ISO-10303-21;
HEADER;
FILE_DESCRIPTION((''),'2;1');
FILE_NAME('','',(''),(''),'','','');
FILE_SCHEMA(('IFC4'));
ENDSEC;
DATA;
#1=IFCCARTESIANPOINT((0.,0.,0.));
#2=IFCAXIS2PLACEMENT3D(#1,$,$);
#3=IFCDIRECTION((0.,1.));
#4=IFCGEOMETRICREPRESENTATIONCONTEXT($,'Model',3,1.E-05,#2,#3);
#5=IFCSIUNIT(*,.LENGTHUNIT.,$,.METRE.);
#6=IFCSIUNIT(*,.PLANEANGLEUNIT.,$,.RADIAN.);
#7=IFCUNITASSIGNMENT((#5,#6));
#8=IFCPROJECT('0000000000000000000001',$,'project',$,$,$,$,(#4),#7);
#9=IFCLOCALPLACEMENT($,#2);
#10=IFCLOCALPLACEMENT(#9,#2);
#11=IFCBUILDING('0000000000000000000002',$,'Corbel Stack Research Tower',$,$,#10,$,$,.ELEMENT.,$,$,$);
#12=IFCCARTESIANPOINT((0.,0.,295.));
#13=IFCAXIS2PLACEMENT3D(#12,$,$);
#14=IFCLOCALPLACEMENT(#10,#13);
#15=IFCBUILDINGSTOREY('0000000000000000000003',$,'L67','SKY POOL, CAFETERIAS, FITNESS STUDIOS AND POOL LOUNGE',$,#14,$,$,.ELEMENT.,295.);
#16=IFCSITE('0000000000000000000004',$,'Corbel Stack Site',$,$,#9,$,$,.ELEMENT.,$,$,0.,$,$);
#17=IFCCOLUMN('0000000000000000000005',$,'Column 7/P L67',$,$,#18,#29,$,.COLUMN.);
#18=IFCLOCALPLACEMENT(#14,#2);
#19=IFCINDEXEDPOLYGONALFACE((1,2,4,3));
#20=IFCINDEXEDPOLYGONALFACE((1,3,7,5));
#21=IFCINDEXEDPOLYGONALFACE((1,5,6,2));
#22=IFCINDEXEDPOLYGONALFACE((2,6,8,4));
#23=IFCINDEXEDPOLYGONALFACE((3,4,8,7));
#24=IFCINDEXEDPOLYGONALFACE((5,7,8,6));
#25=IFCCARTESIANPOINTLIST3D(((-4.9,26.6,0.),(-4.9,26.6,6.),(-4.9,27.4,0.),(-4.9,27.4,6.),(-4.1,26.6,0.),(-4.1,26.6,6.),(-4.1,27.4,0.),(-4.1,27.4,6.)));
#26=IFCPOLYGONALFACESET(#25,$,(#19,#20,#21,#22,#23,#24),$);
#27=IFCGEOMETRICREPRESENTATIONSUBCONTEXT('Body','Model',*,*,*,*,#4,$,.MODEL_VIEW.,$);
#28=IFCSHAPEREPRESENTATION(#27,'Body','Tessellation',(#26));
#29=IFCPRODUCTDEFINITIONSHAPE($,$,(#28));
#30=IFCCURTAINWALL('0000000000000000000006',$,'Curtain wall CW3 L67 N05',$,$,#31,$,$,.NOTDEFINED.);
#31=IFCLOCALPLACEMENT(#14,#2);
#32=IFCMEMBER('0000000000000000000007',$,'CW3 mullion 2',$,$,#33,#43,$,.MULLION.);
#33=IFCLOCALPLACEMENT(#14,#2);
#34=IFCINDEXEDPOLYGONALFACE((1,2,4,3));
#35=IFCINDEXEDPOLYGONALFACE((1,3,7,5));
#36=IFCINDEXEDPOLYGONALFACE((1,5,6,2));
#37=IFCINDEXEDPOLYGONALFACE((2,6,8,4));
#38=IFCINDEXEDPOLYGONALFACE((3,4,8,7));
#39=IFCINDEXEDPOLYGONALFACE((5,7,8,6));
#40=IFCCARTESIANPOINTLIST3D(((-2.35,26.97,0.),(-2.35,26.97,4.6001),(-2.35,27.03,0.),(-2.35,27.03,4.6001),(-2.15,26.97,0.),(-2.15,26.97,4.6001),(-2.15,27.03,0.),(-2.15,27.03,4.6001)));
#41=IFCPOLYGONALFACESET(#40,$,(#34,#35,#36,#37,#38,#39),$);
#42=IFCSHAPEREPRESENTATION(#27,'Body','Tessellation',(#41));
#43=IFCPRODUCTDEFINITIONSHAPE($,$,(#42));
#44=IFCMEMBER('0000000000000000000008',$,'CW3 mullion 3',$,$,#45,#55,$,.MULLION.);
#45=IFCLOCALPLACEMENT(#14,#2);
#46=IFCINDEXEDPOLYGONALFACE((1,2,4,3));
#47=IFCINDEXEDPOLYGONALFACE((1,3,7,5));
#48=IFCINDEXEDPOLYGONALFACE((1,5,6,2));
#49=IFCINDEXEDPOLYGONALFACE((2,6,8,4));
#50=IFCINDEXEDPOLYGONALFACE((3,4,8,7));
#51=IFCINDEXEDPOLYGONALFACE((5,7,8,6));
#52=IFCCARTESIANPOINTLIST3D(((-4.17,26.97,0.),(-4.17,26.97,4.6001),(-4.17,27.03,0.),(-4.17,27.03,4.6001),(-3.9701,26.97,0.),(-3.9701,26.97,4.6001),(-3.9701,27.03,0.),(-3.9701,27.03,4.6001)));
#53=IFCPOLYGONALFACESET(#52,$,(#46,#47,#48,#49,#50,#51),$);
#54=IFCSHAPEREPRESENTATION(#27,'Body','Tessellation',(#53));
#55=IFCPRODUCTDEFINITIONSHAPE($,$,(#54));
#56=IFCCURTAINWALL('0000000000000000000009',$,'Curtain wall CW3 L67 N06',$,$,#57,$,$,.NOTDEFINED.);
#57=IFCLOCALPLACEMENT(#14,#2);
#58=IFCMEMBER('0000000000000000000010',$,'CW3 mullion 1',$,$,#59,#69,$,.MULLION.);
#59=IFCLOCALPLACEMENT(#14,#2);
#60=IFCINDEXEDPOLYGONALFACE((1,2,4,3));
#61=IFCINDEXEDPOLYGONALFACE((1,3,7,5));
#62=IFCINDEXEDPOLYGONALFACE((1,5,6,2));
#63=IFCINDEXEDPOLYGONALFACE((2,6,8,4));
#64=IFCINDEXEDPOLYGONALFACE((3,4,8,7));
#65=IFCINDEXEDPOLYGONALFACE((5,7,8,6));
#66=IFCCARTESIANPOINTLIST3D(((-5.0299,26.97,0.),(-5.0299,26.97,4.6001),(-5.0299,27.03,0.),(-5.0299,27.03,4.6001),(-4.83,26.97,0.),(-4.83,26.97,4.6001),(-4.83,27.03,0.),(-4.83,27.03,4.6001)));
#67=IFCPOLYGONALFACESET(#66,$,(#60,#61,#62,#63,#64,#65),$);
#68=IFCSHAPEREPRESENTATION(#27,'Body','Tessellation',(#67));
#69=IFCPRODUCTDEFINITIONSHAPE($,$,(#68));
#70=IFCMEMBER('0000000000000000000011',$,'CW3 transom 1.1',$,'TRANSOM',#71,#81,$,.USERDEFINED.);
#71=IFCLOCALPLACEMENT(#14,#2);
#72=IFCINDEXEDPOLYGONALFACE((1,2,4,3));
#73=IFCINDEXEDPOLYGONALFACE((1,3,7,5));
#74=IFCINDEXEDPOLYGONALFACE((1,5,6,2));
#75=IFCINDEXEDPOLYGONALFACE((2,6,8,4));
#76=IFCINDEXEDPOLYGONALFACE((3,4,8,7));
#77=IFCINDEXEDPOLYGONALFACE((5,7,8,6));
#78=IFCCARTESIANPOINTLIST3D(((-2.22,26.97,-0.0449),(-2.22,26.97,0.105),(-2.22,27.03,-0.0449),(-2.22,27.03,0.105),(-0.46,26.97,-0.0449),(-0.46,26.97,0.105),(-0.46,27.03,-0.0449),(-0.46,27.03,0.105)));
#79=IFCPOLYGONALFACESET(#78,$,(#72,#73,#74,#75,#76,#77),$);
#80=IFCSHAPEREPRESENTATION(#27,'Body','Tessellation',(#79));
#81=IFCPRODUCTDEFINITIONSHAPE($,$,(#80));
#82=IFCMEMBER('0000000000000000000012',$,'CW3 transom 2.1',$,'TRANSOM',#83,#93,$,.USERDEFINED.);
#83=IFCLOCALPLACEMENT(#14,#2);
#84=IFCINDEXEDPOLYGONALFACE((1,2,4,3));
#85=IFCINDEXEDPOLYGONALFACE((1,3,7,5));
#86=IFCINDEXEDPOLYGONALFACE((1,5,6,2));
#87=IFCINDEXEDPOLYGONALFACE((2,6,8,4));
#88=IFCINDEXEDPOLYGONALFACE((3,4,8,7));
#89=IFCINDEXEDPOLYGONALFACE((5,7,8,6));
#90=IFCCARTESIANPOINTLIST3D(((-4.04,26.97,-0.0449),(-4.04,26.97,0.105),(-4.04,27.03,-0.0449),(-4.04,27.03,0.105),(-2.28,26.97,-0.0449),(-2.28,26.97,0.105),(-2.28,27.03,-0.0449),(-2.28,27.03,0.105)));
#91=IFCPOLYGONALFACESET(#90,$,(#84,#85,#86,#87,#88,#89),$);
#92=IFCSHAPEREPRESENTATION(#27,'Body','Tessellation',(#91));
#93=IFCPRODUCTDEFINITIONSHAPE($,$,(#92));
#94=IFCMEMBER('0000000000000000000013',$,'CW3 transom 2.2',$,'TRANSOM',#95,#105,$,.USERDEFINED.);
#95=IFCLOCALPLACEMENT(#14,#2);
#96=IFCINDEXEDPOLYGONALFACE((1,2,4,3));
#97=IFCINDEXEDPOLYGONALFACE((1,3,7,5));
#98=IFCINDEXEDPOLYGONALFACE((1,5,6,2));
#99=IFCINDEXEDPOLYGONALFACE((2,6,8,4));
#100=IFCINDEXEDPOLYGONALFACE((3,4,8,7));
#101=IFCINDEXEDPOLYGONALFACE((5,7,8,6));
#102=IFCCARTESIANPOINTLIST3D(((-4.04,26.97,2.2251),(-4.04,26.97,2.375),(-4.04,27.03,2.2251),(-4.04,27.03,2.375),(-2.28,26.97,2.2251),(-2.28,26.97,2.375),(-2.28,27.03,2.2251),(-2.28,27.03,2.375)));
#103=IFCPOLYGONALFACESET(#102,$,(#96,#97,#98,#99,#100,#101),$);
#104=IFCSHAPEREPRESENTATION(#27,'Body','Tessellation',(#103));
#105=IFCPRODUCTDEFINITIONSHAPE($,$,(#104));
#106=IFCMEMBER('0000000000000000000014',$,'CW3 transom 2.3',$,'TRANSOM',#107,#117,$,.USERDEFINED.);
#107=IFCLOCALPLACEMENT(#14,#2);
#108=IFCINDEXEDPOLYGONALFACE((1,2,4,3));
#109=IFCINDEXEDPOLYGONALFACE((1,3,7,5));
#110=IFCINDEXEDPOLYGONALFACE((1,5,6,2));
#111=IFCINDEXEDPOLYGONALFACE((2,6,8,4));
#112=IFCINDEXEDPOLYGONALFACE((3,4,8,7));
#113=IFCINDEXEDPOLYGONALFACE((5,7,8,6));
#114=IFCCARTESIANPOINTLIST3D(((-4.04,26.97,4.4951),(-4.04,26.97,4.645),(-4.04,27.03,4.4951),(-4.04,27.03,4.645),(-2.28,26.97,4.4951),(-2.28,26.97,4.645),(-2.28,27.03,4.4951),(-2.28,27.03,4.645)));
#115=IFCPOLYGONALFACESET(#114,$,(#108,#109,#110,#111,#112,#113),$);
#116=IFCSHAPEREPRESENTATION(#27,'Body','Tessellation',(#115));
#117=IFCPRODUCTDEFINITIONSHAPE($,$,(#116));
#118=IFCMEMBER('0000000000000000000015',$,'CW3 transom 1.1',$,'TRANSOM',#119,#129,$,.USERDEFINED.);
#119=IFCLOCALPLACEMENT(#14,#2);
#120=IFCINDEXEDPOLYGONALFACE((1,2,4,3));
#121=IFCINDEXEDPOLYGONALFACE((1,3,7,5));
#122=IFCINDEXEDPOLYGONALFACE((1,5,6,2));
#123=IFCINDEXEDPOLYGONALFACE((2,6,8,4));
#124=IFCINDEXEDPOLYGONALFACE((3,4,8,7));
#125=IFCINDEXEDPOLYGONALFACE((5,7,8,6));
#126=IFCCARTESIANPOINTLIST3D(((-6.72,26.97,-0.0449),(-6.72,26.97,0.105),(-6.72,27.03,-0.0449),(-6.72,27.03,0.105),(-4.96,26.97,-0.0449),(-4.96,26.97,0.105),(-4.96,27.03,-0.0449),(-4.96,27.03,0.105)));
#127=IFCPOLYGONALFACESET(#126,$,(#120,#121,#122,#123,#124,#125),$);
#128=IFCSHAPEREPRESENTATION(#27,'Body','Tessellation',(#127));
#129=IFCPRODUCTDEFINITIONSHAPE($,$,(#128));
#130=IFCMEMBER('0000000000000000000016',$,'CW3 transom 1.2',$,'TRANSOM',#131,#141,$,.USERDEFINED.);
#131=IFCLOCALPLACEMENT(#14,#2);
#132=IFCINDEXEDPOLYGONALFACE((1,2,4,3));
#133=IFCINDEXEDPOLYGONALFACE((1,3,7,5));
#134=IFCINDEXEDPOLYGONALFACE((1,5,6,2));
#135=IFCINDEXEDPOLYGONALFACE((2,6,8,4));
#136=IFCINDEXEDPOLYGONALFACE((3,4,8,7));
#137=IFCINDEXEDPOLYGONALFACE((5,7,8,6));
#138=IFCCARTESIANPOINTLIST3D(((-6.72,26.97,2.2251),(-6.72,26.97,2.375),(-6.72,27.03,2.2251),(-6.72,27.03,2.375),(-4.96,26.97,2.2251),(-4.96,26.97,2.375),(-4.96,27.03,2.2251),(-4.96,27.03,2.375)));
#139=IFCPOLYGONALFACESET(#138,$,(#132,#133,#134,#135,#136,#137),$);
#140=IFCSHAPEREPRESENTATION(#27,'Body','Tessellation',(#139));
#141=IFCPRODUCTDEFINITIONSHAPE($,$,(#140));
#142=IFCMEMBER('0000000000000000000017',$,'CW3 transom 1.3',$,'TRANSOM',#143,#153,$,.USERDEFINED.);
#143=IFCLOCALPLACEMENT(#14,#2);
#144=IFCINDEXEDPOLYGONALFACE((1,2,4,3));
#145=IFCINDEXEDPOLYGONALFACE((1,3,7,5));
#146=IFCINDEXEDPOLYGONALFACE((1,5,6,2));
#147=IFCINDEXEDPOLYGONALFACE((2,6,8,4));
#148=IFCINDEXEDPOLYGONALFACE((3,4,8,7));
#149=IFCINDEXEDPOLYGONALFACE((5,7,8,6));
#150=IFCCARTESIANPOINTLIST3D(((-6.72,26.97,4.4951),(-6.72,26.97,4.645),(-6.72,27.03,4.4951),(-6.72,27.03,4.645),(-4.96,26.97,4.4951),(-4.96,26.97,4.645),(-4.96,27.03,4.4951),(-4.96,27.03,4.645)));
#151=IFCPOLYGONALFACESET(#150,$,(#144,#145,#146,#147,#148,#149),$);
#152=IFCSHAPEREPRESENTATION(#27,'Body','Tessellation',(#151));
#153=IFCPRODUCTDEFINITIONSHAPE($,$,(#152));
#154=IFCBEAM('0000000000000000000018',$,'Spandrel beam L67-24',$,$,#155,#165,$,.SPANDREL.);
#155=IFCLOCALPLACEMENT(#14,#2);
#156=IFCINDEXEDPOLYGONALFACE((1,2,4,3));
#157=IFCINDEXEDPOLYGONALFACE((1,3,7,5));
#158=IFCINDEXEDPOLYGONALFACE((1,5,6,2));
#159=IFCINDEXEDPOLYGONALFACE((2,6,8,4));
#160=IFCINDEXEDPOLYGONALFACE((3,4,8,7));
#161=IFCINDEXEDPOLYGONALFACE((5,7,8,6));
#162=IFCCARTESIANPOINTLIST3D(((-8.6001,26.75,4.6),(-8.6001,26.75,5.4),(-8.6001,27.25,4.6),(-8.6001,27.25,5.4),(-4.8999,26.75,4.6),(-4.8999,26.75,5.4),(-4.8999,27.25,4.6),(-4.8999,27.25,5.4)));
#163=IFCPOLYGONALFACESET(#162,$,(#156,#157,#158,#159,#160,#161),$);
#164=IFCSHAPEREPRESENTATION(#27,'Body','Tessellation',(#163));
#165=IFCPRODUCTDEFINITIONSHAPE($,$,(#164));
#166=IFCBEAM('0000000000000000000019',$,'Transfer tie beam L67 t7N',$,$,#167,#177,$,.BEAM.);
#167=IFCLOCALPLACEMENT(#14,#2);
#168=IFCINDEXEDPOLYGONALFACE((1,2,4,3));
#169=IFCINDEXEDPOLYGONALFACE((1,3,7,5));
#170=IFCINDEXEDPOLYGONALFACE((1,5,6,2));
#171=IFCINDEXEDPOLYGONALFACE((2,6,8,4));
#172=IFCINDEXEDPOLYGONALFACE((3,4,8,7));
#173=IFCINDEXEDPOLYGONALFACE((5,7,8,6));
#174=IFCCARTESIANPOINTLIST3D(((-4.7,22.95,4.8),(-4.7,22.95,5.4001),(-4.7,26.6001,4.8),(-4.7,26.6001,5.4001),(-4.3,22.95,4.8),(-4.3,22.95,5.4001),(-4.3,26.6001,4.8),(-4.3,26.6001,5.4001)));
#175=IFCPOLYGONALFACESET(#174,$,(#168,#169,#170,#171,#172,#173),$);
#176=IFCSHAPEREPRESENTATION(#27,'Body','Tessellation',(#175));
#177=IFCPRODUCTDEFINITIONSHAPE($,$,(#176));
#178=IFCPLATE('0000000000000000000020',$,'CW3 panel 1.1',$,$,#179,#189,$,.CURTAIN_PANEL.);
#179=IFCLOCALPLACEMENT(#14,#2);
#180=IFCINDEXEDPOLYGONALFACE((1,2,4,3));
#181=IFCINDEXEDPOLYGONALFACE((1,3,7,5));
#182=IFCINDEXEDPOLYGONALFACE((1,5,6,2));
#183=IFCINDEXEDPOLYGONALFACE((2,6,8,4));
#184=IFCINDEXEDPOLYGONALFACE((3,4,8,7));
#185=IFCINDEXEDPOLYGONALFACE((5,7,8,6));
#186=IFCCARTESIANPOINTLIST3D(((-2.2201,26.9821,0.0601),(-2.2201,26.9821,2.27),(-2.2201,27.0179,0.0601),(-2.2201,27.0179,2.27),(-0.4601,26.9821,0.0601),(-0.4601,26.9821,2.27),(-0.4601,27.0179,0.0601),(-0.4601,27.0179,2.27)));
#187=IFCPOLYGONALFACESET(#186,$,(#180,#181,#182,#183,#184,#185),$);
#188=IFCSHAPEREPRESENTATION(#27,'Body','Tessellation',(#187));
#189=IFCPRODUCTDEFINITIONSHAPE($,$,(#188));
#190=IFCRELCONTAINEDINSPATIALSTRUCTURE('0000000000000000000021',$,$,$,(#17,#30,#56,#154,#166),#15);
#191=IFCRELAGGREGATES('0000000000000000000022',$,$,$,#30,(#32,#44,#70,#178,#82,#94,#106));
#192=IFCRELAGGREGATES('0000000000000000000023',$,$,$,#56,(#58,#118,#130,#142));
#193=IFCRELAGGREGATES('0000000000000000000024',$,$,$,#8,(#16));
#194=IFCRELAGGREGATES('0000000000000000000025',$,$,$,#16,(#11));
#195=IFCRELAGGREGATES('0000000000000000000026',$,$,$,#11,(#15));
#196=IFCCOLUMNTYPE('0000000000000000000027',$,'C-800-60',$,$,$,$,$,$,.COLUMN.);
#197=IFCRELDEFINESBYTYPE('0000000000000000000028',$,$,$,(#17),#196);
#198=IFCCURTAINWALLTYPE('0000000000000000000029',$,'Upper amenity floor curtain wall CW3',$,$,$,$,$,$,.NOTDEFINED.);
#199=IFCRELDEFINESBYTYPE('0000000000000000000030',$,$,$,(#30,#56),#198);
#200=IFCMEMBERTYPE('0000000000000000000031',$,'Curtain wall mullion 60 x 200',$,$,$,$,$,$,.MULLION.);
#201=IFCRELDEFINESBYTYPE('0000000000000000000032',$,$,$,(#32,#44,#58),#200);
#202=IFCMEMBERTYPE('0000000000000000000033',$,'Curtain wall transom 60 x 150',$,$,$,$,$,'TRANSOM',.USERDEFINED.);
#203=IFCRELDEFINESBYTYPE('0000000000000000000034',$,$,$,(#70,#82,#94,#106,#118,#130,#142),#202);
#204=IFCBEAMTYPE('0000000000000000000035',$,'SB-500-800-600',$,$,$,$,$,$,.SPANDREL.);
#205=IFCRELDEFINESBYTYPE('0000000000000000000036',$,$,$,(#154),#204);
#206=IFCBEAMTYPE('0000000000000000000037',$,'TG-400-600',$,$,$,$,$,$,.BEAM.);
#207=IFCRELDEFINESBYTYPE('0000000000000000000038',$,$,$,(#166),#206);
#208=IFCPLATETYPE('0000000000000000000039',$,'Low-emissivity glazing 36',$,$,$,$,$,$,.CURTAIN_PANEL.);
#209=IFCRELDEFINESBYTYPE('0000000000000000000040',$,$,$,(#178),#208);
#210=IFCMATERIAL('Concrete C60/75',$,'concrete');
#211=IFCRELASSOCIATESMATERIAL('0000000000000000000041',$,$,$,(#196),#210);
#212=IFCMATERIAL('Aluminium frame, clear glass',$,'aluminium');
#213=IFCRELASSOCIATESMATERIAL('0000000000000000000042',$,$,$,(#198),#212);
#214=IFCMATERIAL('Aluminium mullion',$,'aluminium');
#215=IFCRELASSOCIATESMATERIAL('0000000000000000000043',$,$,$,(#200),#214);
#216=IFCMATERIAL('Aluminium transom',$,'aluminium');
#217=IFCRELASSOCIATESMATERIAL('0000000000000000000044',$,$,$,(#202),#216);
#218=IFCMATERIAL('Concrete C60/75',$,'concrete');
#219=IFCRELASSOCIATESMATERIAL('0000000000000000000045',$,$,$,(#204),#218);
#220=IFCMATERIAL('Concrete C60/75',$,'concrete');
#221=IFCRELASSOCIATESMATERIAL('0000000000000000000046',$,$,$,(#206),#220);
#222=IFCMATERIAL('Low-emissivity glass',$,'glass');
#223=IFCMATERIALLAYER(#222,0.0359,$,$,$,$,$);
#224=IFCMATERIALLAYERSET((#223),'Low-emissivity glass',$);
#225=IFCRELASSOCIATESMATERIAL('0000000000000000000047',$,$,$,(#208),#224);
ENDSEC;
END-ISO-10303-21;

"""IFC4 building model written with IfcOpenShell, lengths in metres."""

from ifc_helpers import new_model, si_unit, direction, frame, origin, origin_2d, place, context, subcontext, project, spatial, rectangle, extrude, material, layer, layer_set, material_profile, profile_set, type_object, element, aggregate, save


model = new_model("IFC4")

# Units and contexts
model_context = context("Model", 3, precision=1e-05, world=origin(), true_north=direction((0.0, 1.0)))
body_context = subcontext(model_context, "Body", "Model", "MODEL_VIEW")
ifc_project = project(units=[si_unit("LENGTHUNIT", "METRE"), si_unit("PLANEANGLEUNIT", "RADIAN")], contexts=[model_context])

# Site, building, storey
site_placement = place(None, origin())
site = spatial("IfcSite", under=ifc_project, at=site_placement, Name="Corbel Stack Site", CompositionType="ELEMENT", RefElevation=0.0)
building_placement = place(site_placement, origin())
building = spatial("IfcBuilding", under=site, at=building_placement, Name="Corbel Stack Research Tower", CompositionType="ELEMENT")
storey_placement = place(building_placement, frame((0.0, 0.0, 295.0)))
storey = spatial("IfcBuildingStorey", under=building, at=storey_placement, Name="L67", Description="SKY POOL, CAFETERIAS, FITNESS STUDIOS AND POOL LOUNGE", CompositionType="ELEMENT", Elevation=295.0)

# Column
ifc_material_1 = material(Name="Concrete C60/75", Category="concrete")
ifc_material_profile_1 = material_profile(ifc_material_1, rectangle(XDim=0.8, YDim=0.8, at=origin_2d()), Name="RC 800 x 800")
ifc_profile_set_1 = profile_set([ifc_material_profile_1], Name="Concrete C60/75")
column_type = type_object("IfcColumnType", Name="C-800-60", PredefinedType="COLUMN", material=ifc_profile_set_1)
column_placement = place(storey_placement, frame((-4.5, 27.0, 0.0), z_axis=(0.0, 0.0, 1.0), x_axis=(1.0, 0.0, 0.0)))
element("IfcColumn", 1, at=column_placement, inside=storey, type_object=column_type, Name="Column 7/P L67", PredefinedType="COLUMN", context=body_context, shape_type="SweptSolid", body=[
    extrude(rectangle(XDim=0.8, YDim=0.8, at=origin_2d()), origin(), (0.0, 0.0, 1.0), 6.0),
])

# Curtain wall, members
ifc_material_2 = material(Name="Aluminium frame, clear glass", Category="aluminium")
curtain_wall_type = type_object("IfcCurtainWallType", Name="Upper amenity floor curtain wall CW3", PredefinedType="NOTDEFINED", material=ifc_material_2)
curtain_wall_1_placement = place(storey_placement, origin())
curtain_wall_1 = element("IfcCurtainWall", 2, at=curtain_wall_1_placement, inside=storey, type_object=curtain_wall_type, Name="Curtain wall CW3 L67 N05", PredefinedType="NOTDEFINED")
ifc_material_3 = material(Name="Aluminium mullion", Category="aluminium")
ifc_material_profile_2 = material_profile(ifc_material_3, rectangle(XDim=0.0601, YDim=0.2, at=origin_2d()), Name="Mullion 60 x 200")
ifc_profile_set_2 = profile_set([ifc_material_profile_2], Name="Aluminium mullion")
member_type_1 = type_object("IfcMemberType", Name="Curtain wall mullion 60 x 200", PredefinedType="MULLION", material=ifc_profile_set_2)
member_1_placement = place(storey_placement, frame((-2.25, 27.0, 0.0), z_axis=(0.0, 0.0, 1.0), x_axis=(0.0, -1.0, 0.0)))
member_1 = element("IfcMember", 3, at=member_1_placement, type_object=member_type_1, Name="CW3 mullion 2", PredefinedType="MULLION", context=body_context, shape_type="SweptSolid", body=[
    extrude(rectangle(XDim=0.0601, YDim=0.2, at=origin_2d()), origin(), (0.0, 0.0, 1.0), 4.6001),
])
member_2_placement = place(storey_placement, frame((-4.0701, 27.0, 0.0), z_axis=(0.0, 0.0, 1.0), x_axis=(0.0, -1.0, 0.0)))
member_2 = element("IfcMember", 4, at=member_2_placement, type_object=member_type_1, Name="CW3 mullion 3", PredefinedType="MULLION", context=body_context, shape_type="SweptSolid", body=[
    extrude(rectangle(XDim=0.0601, YDim=0.2, at=origin_2d()), origin(), (0.0, 0.0, 1.0), 4.6001),
])

# Curtain wall, member
curtain_wall_2_placement = place(storey_placement, origin())
curtain_wall_2 = element("IfcCurtainWall", 5, at=curtain_wall_2_placement, inside=storey, type_object=curtain_wall_type, Name="Curtain wall CW3 L67 N06", PredefinedType="NOTDEFINED")
member_3_placement = place(storey_placement, frame((-4.9299, 27.0, 0.0), z_axis=(0.0, 0.0, 1.0), x_axis=(0.0, -1.0, 0.0)))
member_3 = element("IfcMember", 6, at=member_3_placement, type_object=member_type_1, Name="CW3 mullion 1", PredefinedType="MULLION", context=body_context, shape_type="SweptSolid", body=[
    extrude(rectangle(XDim=0.0601, YDim=0.2, at=origin_2d()), origin(), (0.0, 0.0, 1.0), 4.6001),
])

# Members
ifc_material_4 = material(Name="Aluminium transom", Category="aluminium")
ifc_material_profile_3 = material_profile(ifc_material_4, rectangle(XDim=0.0601, YDim=0.1499, at=origin_2d()), Name="Transom 60 x 150")
ifc_profile_set_3 = profile_set([ifc_material_profile_3], Name="Aluminium transom")
member_type_2 = type_object("IfcMemberType", Name="Curtain wall transom 60 x 150", ElementType="TRANSOM", PredefinedType="USERDEFINED", material=ifc_profile_set_3)
member_4_placement = place(storey_placement, frame((-0.46, 27.0, 0.03), z_axis=(-1.0, 0.0, 0.0), x_axis=(0.0, -1.0, 0.0)))
member_4 = element("IfcMember", 7, at=member_4_placement, type_object=member_type_2, Name="CW3 transom 1.1", ObjectType="TRANSOM", PredefinedType="USERDEFINED", context=body_context, shape_type="SweptSolid", body=[
    extrude(rectangle(XDim=0.0601, YDim=0.1499, at=origin_2d()), origin(), (0.0, 0.0, 1.0), 1.76),
])
member_5_placement = place(storey_placement, frame((-2.28, 27.0, 0.03), z_axis=(-1.0, 0.0, 0.0), x_axis=(0.0, -1.0, 0.0)))
member_5 = element("IfcMember", 8, at=member_5_placement, type_object=member_type_2, Name="CW3 transom 2.1", ObjectType="TRANSOM", PredefinedType="USERDEFINED", context=body_context, shape_type="SweptSolid", body=[
    extrude(rectangle(XDim=0.0601, YDim=0.1499, at=origin_2d()), origin(), (0.0, 0.0, 1.0), 1.76),
])
member_6_placement = place(storey_placement, frame((-2.28, 27.0, 2.3), z_axis=(-1.0, 0.0, 0.0), x_axis=(0.0, -1.0, 0.0)))
member_6 = element("IfcMember", 9, at=member_6_placement, type_object=member_type_2, Name="CW3 transom 2.2", ObjectType="TRANSOM", PredefinedType="USERDEFINED", context=body_context, shape_type="SweptSolid", body=[
    extrude(rectangle(XDim=0.0601, YDim=0.1499, at=origin_2d()), origin(), (0.0, 0.0, 1.0), 1.76),
])
member_7_placement = place(storey_placement, frame((-2.28, 27.0, 4.5701), z_axis=(-1.0, 0.0, 0.0), x_axis=(0.0, -1.0, 0.0)))
member_7 = element("IfcMember", 10, at=member_7_placement, type_object=member_type_2, Name="CW3 transom 2.3", ObjectType="TRANSOM", PredefinedType="USERDEFINED", context=body_context, shape_type="SweptSolid", body=[
    extrude(rectangle(XDim=0.0601, YDim=0.1499, at=origin_2d()), origin(), (0.0, 0.0, 1.0), 1.76),
])
member_8_placement = place(storey_placement, frame((-4.96, 27.0, 0.03), z_axis=(-1.0, 0.0, 0.0), x_axis=(0.0, -1.0, 0.0)))
member_8 = element("IfcMember", 11, at=member_8_placement, type_object=member_type_2, Name="CW3 transom 1.1", ObjectType="TRANSOM", PredefinedType="USERDEFINED", context=body_context, shape_type="SweptSolid", body=[
    extrude(rectangle(XDim=0.0601, YDim=0.1499, at=origin_2d()), origin(), (0.0, 0.0, 1.0), 1.76),
])
member_9_placement = place(storey_placement, frame((-4.96, 27.0, 2.3), z_axis=(-1.0, 0.0, 0.0), x_axis=(0.0, -1.0, 0.0)))
member_9 = element("IfcMember", 12, at=member_9_placement, type_object=member_type_2, Name="CW3 transom 1.2", ObjectType="TRANSOM", PredefinedType="USERDEFINED", context=body_context, shape_type="SweptSolid", body=[
    extrude(rectangle(XDim=0.0601, YDim=0.1499, at=origin_2d()), origin(), (0.0, 0.0, 1.0), 1.76),
])
member_10_placement = place(storey_placement, frame((-4.96, 27.0, 4.5701), z_axis=(-1.0, 0.0, 0.0), x_axis=(0.0, -1.0, 0.0)))
member_10 = element("IfcMember", 13, at=member_10_placement, type_object=member_type_2, Name="CW3 transom 1.3", ObjectType="TRANSOM", PredefinedType="USERDEFINED", context=body_context, shape_type="SweptSolid", body=[
    extrude(rectangle(XDim=0.0601, YDim=0.1499, at=origin_2d()), origin(), (0.0, 0.0, 1.0), 1.76),
])

# Beams
ifc_material_5 = material(Name="Concrete C60/75", Category="concrete")
ifc_material_profile_4 = material_profile(ifc_material_5, rectangle(XDim=0.5, YDim=0.8, at=origin_2d()), Name="RC 500 x 800")
ifc_profile_set_4 = profile_set([ifc_material_profile_4], Name="Concrete C60/75")
beam_type_1 = type_object("IfcBeamType", Name="SB-500-800-600", PredefinedType="SPANDREL", material=ifc_profile_set_4)
beam_1_placement = place(storey_placement, frame((-4.8999, 27.0, 5.0), z_axis=(-1.0, 0.0, 0.0), x_axis=(0.0, -1.0, 0.0)))
element("IfcBeam", 14, at=beam_1_placement, inside=storey, type_object=beam_type_1, Name="Spandrel beam L67-24", PredefinedType="SPANDREL", context=body_context, shape_type="SweptSolid", body=[
    extrude(rectangle(XDim=0.5, YDim=0.8, at=origin_2d()), origin(), (0.0, 0.0, 1.0), 3.7002),
])
ifc_material_6 = material(Name="Concrete C60/75", Category="concrete")
ifc_material_profile_5 = material_profile(ifc_material_6, rectangle(XDim=0.3999, YDim=0.6001, at=origin_2d()), Name="RC 400 x 600")
ifc_profile_set_5 = profile_set([ifc_material_profile_5], Name="Concrete C60/75")
beam_type_2 = type_object("IfcBeamType", Name="TG-400-600", PredefinedType="BEAM", material=ifc_profile_set_5)
beam_2_placement = place(storey_placement, frame((-4.5, 22.95, 5.1001), z_axis=(0.0, 1.0, 0.0), x_axis=(-1.0, 0.0, 0.0)))
element("IfcBeam", 15, at=beam_2_placement, inside=storey, type_object=beam_type_2, Name="Transfer tie beam L67 t7N", PredefinedType="BEAM", context=body_context, shape_type="SweptSolid", body=[
    extrude(rectangle(XDim=0.3999, YDim=0.6001, at=origin_2d()), origin(), (0.0, 0.0, 1.0), 3.6501),
])

# Plate
ifc_material_7 = material(Name="Low-emissivity glass", Category="glass")
ifc_layer_1 = layer(ifc_material_7, 0.0359)
ifc_layer_set_1 = layer_set([ifc_layer_1], Name="Low-emissivity glass")
plate_type = type_object("IfcPlateType", Name="Low-emissivity glazing 36", PredefinedType="CURTAIN_PANEL", material=ifc_layer_set_1)
plate_1_placement = place(storey_placement, frame((-1.3401, 27.0, 0.0601), z_axis=(0.0, 0.0, 1.0), x_axis=(-1.0, 0.0, 0.0)))
plate_1 = element("IfcPlate", 16, at=plate_1_placement, type_object=plate_type, Name="CW3 panel 1.1", PredefinedType="CURTAIN_PANEL", context=body_context, shape_type="SweptSolid", body=[
    extrude(rectangle(XDim=1.76, YDim=0.0359, at=origin_2d()), origin(), (0.0, 0.0, 1.0), 2.21),
])
aggregate(curtain_wall_1, [member_1, member_2, member_4, plate_1, member_5, member_6, member_7])
aggregate(curtain_wall_2, [member_3, member_8, member_9, member_10])

save(model, "model.ifc")
